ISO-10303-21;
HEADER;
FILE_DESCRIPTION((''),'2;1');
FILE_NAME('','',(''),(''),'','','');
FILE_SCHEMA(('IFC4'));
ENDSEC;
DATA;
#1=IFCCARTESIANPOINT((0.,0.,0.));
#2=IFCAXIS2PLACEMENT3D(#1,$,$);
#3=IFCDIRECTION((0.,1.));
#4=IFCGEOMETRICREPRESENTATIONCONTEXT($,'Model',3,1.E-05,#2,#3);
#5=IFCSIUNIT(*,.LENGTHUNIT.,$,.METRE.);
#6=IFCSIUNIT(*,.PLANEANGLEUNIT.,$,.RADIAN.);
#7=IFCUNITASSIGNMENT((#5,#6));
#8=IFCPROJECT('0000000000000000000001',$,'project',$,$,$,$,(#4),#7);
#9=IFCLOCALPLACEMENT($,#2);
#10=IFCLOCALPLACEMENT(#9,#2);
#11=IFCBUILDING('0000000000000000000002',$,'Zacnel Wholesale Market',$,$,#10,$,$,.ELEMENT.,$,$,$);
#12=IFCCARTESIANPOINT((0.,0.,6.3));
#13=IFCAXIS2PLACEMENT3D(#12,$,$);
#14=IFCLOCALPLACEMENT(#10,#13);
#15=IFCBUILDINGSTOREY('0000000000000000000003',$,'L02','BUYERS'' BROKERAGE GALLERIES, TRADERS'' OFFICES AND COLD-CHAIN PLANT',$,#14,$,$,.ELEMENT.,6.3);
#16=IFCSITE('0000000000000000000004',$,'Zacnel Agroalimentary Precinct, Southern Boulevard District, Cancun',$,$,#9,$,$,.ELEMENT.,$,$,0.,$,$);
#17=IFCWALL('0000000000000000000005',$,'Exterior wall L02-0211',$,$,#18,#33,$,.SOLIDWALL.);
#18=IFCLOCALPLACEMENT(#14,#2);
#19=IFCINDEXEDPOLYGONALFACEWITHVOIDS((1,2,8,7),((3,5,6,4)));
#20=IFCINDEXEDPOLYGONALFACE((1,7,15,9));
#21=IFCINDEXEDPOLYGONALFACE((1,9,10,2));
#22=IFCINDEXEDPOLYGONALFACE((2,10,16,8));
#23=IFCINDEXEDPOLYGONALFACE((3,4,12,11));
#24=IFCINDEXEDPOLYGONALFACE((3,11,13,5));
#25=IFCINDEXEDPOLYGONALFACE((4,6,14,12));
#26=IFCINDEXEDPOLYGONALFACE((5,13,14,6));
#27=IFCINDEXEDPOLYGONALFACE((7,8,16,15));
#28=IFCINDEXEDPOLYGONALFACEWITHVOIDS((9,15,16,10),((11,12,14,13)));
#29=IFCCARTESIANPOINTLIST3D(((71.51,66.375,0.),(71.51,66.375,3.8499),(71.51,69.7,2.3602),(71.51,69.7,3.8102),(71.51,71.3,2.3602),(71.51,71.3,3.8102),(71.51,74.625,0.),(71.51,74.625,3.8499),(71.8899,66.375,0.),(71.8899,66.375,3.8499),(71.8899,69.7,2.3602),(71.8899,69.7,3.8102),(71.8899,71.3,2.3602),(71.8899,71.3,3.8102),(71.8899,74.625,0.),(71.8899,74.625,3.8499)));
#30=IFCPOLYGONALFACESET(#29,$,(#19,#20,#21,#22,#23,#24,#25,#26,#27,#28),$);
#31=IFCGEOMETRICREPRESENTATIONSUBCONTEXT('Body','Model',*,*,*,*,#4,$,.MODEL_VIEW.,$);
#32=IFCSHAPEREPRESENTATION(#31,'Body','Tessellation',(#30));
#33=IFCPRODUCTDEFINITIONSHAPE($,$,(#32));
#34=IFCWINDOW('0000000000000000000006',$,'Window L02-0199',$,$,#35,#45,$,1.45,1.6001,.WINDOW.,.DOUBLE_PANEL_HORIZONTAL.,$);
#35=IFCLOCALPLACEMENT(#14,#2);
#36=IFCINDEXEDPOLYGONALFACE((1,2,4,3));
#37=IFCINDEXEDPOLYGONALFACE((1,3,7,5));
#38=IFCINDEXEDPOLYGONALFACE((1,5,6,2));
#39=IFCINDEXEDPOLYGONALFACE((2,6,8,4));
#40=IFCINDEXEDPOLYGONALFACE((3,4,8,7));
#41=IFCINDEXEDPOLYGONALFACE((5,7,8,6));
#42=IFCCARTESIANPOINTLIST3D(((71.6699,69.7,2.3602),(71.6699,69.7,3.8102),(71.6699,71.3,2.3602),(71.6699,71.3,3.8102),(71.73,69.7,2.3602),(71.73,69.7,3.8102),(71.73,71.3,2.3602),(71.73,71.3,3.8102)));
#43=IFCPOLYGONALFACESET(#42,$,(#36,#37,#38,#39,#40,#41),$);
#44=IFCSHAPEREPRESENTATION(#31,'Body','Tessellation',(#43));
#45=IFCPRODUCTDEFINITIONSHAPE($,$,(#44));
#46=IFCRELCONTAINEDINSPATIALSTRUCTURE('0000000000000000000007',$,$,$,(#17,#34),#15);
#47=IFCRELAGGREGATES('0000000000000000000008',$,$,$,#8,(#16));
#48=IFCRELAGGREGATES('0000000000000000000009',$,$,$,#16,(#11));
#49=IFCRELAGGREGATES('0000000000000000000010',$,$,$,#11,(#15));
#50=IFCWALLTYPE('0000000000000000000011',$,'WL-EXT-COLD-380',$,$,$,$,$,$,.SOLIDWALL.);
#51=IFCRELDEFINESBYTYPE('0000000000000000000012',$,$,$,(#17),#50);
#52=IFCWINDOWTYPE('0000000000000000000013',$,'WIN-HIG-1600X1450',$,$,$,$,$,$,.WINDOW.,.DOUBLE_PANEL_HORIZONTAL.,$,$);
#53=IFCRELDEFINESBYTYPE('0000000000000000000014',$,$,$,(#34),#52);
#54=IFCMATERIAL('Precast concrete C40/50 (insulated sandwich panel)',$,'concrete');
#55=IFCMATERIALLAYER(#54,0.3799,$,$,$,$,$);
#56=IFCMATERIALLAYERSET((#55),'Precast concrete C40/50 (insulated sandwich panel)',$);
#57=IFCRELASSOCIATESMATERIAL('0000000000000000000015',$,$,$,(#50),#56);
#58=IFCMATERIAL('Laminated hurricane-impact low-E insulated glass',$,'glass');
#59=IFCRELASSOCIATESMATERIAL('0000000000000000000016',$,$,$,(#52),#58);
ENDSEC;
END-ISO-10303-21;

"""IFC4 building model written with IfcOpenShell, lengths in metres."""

from ifc_helpers import new_model, si_unit, direction, frame, frame_2d, origin, place, context, subcontext, project, spatial, rectangle, extrude, material, layer, layer_set, type_object, element, fill, save


model = new_model("IFC4")

# Units and contexts
model_context = context("Model", 3, precision=1e-05, world=origin(), true_north=direction((0.0, 1.0)))
body_context = subcontext(model_context, "Body", "Model", "MODEL_VIEW")
ifc_project = project(units=[si_unit("LENGTHUNIT", "METRE"), si_unit("PLANEANGLEUNIT", "RADIAN")], contexts=[model_context])

# Site, building, storey
site_placement = place(None, origin())
site = spatial("IfcSite", under=ifc_project, at=site_placement, Name="Zacnel Agroalimentary Precinct, Southern Boulevard District, Cancun", CompositionType="ELEMENT", RefElevation=0.0)
building_placement = place(site_placement, origin())
building = spatial("IfcBuilding", under=site, at=building_placement, Name="Zacnel Wholesale Market", CompositionType="ELEMENT")
storey_placement = place(building_placement, frame((0.0, 0.0, 6.3)))
storey = spatial("IfcBuildingStorey", under=building, at=storey_placement, Name="L02", Description="BUYERS' BROKERAGE GALLERIES, TRADERS' OFFICES AND COLD-CHAIN PLANT", CompositionType="ELEMENT", Elevation=6.3)

# Shared definitions
ifc_material_1 = material(Name="Precast concrete C40/50 (insulated sandwich panel)", Category="concrete")
ifc_layer_1 = layer(ifc_material_1, 0.3799)
ifc_layer_set_1 = layer_set([ifc_layer_1], Name="Precast concrete C40/50 (insulated sandwich panel)")
wall_type_1 = type_object("IfcWallType", Name="WL-EXT-COLD-380", PredefinedType="SOLIDWALL", material=ifc_layer_set_1)
ifc_material_2 = material(Name="Laminated hurricane-impact low-E insulated glass", Category="glass")
window_type = type_object("IfcWindowType", Name="WIN-HIG-1600X1450", PartitioningType="DOUBLE_PANEL_HORIZONTAL", PredefinedType="WINDOW", material=ifc_material_2)

# Wall, opening, window
wall_1_placement = place(storey_placement, frame((71.7, 66.375, 0.0), z_axis=(0.0, 0.0, 1.0), x_axis=(0.0, 1.0, 0.0)))
wall_1 = element("IfcWall", 1, at=wall_1_placement, inside=storey, type_object=wall_type_1, Name="Exterior wall L02-0211", PredefinedType="SOLIDWALL", context=body_context, shape_type="SweptSolid", body=[
    extrude(rectangle(XDim=8.25, YDim=0.3799, at=frame_2d((4.125, 0.0))), origin(), (0.0, 0.0, 1.0), 3.8499),
])
opening_1_placement = place(wall_1_placement, frame((3.325, 0.0, 2.3601)))
opening_1 = element("IfcOpeningElement", 2, at=opening_1_placement, cuts=wall_1, PredefinedType="OPENING", context=body_context, shape_type="SweptSolid", body=[
    extrude(rectangle(XDim=1.6001, YDim=1.45, at=frame_2d((0.8, 0.7251))), frame((0.0, 0.2, 0.0), z_axis=(0.0, -1.0, 0.0), x_axis=(1.0, 0.0, 0.0)), (0.0, 0.0, 1.0), 0.3999),
])
window_1_placement = place(opening_1_placement, origin())
window_1 = element("IfcWindow", 3, at=window_1_placement, inside=storey, type_object=window_type, Name="Window L02-0199", OverallHeight=1.45, OverallWidth=1.6001, PartitioningType="DOUBLE_PANEL_HORIZONTAL", PredefinedType="WINDOW", context=body_context, shape_type="SweptSolid", body=[
    extrude(rectangle(XDim=1.6001, YDim=1.45, at=frame_2d((0.8, 0.7251))), frame((0.0, 0.03, 0.0), z_axis=(0.0, -1.0, 0.0), x_axis=(1.0, 0.0, 0.0)), (0.0, 0.0, 1.0), 0.0601),
])
fill(opening_1, window_1)

save(model, "model.ifc")
